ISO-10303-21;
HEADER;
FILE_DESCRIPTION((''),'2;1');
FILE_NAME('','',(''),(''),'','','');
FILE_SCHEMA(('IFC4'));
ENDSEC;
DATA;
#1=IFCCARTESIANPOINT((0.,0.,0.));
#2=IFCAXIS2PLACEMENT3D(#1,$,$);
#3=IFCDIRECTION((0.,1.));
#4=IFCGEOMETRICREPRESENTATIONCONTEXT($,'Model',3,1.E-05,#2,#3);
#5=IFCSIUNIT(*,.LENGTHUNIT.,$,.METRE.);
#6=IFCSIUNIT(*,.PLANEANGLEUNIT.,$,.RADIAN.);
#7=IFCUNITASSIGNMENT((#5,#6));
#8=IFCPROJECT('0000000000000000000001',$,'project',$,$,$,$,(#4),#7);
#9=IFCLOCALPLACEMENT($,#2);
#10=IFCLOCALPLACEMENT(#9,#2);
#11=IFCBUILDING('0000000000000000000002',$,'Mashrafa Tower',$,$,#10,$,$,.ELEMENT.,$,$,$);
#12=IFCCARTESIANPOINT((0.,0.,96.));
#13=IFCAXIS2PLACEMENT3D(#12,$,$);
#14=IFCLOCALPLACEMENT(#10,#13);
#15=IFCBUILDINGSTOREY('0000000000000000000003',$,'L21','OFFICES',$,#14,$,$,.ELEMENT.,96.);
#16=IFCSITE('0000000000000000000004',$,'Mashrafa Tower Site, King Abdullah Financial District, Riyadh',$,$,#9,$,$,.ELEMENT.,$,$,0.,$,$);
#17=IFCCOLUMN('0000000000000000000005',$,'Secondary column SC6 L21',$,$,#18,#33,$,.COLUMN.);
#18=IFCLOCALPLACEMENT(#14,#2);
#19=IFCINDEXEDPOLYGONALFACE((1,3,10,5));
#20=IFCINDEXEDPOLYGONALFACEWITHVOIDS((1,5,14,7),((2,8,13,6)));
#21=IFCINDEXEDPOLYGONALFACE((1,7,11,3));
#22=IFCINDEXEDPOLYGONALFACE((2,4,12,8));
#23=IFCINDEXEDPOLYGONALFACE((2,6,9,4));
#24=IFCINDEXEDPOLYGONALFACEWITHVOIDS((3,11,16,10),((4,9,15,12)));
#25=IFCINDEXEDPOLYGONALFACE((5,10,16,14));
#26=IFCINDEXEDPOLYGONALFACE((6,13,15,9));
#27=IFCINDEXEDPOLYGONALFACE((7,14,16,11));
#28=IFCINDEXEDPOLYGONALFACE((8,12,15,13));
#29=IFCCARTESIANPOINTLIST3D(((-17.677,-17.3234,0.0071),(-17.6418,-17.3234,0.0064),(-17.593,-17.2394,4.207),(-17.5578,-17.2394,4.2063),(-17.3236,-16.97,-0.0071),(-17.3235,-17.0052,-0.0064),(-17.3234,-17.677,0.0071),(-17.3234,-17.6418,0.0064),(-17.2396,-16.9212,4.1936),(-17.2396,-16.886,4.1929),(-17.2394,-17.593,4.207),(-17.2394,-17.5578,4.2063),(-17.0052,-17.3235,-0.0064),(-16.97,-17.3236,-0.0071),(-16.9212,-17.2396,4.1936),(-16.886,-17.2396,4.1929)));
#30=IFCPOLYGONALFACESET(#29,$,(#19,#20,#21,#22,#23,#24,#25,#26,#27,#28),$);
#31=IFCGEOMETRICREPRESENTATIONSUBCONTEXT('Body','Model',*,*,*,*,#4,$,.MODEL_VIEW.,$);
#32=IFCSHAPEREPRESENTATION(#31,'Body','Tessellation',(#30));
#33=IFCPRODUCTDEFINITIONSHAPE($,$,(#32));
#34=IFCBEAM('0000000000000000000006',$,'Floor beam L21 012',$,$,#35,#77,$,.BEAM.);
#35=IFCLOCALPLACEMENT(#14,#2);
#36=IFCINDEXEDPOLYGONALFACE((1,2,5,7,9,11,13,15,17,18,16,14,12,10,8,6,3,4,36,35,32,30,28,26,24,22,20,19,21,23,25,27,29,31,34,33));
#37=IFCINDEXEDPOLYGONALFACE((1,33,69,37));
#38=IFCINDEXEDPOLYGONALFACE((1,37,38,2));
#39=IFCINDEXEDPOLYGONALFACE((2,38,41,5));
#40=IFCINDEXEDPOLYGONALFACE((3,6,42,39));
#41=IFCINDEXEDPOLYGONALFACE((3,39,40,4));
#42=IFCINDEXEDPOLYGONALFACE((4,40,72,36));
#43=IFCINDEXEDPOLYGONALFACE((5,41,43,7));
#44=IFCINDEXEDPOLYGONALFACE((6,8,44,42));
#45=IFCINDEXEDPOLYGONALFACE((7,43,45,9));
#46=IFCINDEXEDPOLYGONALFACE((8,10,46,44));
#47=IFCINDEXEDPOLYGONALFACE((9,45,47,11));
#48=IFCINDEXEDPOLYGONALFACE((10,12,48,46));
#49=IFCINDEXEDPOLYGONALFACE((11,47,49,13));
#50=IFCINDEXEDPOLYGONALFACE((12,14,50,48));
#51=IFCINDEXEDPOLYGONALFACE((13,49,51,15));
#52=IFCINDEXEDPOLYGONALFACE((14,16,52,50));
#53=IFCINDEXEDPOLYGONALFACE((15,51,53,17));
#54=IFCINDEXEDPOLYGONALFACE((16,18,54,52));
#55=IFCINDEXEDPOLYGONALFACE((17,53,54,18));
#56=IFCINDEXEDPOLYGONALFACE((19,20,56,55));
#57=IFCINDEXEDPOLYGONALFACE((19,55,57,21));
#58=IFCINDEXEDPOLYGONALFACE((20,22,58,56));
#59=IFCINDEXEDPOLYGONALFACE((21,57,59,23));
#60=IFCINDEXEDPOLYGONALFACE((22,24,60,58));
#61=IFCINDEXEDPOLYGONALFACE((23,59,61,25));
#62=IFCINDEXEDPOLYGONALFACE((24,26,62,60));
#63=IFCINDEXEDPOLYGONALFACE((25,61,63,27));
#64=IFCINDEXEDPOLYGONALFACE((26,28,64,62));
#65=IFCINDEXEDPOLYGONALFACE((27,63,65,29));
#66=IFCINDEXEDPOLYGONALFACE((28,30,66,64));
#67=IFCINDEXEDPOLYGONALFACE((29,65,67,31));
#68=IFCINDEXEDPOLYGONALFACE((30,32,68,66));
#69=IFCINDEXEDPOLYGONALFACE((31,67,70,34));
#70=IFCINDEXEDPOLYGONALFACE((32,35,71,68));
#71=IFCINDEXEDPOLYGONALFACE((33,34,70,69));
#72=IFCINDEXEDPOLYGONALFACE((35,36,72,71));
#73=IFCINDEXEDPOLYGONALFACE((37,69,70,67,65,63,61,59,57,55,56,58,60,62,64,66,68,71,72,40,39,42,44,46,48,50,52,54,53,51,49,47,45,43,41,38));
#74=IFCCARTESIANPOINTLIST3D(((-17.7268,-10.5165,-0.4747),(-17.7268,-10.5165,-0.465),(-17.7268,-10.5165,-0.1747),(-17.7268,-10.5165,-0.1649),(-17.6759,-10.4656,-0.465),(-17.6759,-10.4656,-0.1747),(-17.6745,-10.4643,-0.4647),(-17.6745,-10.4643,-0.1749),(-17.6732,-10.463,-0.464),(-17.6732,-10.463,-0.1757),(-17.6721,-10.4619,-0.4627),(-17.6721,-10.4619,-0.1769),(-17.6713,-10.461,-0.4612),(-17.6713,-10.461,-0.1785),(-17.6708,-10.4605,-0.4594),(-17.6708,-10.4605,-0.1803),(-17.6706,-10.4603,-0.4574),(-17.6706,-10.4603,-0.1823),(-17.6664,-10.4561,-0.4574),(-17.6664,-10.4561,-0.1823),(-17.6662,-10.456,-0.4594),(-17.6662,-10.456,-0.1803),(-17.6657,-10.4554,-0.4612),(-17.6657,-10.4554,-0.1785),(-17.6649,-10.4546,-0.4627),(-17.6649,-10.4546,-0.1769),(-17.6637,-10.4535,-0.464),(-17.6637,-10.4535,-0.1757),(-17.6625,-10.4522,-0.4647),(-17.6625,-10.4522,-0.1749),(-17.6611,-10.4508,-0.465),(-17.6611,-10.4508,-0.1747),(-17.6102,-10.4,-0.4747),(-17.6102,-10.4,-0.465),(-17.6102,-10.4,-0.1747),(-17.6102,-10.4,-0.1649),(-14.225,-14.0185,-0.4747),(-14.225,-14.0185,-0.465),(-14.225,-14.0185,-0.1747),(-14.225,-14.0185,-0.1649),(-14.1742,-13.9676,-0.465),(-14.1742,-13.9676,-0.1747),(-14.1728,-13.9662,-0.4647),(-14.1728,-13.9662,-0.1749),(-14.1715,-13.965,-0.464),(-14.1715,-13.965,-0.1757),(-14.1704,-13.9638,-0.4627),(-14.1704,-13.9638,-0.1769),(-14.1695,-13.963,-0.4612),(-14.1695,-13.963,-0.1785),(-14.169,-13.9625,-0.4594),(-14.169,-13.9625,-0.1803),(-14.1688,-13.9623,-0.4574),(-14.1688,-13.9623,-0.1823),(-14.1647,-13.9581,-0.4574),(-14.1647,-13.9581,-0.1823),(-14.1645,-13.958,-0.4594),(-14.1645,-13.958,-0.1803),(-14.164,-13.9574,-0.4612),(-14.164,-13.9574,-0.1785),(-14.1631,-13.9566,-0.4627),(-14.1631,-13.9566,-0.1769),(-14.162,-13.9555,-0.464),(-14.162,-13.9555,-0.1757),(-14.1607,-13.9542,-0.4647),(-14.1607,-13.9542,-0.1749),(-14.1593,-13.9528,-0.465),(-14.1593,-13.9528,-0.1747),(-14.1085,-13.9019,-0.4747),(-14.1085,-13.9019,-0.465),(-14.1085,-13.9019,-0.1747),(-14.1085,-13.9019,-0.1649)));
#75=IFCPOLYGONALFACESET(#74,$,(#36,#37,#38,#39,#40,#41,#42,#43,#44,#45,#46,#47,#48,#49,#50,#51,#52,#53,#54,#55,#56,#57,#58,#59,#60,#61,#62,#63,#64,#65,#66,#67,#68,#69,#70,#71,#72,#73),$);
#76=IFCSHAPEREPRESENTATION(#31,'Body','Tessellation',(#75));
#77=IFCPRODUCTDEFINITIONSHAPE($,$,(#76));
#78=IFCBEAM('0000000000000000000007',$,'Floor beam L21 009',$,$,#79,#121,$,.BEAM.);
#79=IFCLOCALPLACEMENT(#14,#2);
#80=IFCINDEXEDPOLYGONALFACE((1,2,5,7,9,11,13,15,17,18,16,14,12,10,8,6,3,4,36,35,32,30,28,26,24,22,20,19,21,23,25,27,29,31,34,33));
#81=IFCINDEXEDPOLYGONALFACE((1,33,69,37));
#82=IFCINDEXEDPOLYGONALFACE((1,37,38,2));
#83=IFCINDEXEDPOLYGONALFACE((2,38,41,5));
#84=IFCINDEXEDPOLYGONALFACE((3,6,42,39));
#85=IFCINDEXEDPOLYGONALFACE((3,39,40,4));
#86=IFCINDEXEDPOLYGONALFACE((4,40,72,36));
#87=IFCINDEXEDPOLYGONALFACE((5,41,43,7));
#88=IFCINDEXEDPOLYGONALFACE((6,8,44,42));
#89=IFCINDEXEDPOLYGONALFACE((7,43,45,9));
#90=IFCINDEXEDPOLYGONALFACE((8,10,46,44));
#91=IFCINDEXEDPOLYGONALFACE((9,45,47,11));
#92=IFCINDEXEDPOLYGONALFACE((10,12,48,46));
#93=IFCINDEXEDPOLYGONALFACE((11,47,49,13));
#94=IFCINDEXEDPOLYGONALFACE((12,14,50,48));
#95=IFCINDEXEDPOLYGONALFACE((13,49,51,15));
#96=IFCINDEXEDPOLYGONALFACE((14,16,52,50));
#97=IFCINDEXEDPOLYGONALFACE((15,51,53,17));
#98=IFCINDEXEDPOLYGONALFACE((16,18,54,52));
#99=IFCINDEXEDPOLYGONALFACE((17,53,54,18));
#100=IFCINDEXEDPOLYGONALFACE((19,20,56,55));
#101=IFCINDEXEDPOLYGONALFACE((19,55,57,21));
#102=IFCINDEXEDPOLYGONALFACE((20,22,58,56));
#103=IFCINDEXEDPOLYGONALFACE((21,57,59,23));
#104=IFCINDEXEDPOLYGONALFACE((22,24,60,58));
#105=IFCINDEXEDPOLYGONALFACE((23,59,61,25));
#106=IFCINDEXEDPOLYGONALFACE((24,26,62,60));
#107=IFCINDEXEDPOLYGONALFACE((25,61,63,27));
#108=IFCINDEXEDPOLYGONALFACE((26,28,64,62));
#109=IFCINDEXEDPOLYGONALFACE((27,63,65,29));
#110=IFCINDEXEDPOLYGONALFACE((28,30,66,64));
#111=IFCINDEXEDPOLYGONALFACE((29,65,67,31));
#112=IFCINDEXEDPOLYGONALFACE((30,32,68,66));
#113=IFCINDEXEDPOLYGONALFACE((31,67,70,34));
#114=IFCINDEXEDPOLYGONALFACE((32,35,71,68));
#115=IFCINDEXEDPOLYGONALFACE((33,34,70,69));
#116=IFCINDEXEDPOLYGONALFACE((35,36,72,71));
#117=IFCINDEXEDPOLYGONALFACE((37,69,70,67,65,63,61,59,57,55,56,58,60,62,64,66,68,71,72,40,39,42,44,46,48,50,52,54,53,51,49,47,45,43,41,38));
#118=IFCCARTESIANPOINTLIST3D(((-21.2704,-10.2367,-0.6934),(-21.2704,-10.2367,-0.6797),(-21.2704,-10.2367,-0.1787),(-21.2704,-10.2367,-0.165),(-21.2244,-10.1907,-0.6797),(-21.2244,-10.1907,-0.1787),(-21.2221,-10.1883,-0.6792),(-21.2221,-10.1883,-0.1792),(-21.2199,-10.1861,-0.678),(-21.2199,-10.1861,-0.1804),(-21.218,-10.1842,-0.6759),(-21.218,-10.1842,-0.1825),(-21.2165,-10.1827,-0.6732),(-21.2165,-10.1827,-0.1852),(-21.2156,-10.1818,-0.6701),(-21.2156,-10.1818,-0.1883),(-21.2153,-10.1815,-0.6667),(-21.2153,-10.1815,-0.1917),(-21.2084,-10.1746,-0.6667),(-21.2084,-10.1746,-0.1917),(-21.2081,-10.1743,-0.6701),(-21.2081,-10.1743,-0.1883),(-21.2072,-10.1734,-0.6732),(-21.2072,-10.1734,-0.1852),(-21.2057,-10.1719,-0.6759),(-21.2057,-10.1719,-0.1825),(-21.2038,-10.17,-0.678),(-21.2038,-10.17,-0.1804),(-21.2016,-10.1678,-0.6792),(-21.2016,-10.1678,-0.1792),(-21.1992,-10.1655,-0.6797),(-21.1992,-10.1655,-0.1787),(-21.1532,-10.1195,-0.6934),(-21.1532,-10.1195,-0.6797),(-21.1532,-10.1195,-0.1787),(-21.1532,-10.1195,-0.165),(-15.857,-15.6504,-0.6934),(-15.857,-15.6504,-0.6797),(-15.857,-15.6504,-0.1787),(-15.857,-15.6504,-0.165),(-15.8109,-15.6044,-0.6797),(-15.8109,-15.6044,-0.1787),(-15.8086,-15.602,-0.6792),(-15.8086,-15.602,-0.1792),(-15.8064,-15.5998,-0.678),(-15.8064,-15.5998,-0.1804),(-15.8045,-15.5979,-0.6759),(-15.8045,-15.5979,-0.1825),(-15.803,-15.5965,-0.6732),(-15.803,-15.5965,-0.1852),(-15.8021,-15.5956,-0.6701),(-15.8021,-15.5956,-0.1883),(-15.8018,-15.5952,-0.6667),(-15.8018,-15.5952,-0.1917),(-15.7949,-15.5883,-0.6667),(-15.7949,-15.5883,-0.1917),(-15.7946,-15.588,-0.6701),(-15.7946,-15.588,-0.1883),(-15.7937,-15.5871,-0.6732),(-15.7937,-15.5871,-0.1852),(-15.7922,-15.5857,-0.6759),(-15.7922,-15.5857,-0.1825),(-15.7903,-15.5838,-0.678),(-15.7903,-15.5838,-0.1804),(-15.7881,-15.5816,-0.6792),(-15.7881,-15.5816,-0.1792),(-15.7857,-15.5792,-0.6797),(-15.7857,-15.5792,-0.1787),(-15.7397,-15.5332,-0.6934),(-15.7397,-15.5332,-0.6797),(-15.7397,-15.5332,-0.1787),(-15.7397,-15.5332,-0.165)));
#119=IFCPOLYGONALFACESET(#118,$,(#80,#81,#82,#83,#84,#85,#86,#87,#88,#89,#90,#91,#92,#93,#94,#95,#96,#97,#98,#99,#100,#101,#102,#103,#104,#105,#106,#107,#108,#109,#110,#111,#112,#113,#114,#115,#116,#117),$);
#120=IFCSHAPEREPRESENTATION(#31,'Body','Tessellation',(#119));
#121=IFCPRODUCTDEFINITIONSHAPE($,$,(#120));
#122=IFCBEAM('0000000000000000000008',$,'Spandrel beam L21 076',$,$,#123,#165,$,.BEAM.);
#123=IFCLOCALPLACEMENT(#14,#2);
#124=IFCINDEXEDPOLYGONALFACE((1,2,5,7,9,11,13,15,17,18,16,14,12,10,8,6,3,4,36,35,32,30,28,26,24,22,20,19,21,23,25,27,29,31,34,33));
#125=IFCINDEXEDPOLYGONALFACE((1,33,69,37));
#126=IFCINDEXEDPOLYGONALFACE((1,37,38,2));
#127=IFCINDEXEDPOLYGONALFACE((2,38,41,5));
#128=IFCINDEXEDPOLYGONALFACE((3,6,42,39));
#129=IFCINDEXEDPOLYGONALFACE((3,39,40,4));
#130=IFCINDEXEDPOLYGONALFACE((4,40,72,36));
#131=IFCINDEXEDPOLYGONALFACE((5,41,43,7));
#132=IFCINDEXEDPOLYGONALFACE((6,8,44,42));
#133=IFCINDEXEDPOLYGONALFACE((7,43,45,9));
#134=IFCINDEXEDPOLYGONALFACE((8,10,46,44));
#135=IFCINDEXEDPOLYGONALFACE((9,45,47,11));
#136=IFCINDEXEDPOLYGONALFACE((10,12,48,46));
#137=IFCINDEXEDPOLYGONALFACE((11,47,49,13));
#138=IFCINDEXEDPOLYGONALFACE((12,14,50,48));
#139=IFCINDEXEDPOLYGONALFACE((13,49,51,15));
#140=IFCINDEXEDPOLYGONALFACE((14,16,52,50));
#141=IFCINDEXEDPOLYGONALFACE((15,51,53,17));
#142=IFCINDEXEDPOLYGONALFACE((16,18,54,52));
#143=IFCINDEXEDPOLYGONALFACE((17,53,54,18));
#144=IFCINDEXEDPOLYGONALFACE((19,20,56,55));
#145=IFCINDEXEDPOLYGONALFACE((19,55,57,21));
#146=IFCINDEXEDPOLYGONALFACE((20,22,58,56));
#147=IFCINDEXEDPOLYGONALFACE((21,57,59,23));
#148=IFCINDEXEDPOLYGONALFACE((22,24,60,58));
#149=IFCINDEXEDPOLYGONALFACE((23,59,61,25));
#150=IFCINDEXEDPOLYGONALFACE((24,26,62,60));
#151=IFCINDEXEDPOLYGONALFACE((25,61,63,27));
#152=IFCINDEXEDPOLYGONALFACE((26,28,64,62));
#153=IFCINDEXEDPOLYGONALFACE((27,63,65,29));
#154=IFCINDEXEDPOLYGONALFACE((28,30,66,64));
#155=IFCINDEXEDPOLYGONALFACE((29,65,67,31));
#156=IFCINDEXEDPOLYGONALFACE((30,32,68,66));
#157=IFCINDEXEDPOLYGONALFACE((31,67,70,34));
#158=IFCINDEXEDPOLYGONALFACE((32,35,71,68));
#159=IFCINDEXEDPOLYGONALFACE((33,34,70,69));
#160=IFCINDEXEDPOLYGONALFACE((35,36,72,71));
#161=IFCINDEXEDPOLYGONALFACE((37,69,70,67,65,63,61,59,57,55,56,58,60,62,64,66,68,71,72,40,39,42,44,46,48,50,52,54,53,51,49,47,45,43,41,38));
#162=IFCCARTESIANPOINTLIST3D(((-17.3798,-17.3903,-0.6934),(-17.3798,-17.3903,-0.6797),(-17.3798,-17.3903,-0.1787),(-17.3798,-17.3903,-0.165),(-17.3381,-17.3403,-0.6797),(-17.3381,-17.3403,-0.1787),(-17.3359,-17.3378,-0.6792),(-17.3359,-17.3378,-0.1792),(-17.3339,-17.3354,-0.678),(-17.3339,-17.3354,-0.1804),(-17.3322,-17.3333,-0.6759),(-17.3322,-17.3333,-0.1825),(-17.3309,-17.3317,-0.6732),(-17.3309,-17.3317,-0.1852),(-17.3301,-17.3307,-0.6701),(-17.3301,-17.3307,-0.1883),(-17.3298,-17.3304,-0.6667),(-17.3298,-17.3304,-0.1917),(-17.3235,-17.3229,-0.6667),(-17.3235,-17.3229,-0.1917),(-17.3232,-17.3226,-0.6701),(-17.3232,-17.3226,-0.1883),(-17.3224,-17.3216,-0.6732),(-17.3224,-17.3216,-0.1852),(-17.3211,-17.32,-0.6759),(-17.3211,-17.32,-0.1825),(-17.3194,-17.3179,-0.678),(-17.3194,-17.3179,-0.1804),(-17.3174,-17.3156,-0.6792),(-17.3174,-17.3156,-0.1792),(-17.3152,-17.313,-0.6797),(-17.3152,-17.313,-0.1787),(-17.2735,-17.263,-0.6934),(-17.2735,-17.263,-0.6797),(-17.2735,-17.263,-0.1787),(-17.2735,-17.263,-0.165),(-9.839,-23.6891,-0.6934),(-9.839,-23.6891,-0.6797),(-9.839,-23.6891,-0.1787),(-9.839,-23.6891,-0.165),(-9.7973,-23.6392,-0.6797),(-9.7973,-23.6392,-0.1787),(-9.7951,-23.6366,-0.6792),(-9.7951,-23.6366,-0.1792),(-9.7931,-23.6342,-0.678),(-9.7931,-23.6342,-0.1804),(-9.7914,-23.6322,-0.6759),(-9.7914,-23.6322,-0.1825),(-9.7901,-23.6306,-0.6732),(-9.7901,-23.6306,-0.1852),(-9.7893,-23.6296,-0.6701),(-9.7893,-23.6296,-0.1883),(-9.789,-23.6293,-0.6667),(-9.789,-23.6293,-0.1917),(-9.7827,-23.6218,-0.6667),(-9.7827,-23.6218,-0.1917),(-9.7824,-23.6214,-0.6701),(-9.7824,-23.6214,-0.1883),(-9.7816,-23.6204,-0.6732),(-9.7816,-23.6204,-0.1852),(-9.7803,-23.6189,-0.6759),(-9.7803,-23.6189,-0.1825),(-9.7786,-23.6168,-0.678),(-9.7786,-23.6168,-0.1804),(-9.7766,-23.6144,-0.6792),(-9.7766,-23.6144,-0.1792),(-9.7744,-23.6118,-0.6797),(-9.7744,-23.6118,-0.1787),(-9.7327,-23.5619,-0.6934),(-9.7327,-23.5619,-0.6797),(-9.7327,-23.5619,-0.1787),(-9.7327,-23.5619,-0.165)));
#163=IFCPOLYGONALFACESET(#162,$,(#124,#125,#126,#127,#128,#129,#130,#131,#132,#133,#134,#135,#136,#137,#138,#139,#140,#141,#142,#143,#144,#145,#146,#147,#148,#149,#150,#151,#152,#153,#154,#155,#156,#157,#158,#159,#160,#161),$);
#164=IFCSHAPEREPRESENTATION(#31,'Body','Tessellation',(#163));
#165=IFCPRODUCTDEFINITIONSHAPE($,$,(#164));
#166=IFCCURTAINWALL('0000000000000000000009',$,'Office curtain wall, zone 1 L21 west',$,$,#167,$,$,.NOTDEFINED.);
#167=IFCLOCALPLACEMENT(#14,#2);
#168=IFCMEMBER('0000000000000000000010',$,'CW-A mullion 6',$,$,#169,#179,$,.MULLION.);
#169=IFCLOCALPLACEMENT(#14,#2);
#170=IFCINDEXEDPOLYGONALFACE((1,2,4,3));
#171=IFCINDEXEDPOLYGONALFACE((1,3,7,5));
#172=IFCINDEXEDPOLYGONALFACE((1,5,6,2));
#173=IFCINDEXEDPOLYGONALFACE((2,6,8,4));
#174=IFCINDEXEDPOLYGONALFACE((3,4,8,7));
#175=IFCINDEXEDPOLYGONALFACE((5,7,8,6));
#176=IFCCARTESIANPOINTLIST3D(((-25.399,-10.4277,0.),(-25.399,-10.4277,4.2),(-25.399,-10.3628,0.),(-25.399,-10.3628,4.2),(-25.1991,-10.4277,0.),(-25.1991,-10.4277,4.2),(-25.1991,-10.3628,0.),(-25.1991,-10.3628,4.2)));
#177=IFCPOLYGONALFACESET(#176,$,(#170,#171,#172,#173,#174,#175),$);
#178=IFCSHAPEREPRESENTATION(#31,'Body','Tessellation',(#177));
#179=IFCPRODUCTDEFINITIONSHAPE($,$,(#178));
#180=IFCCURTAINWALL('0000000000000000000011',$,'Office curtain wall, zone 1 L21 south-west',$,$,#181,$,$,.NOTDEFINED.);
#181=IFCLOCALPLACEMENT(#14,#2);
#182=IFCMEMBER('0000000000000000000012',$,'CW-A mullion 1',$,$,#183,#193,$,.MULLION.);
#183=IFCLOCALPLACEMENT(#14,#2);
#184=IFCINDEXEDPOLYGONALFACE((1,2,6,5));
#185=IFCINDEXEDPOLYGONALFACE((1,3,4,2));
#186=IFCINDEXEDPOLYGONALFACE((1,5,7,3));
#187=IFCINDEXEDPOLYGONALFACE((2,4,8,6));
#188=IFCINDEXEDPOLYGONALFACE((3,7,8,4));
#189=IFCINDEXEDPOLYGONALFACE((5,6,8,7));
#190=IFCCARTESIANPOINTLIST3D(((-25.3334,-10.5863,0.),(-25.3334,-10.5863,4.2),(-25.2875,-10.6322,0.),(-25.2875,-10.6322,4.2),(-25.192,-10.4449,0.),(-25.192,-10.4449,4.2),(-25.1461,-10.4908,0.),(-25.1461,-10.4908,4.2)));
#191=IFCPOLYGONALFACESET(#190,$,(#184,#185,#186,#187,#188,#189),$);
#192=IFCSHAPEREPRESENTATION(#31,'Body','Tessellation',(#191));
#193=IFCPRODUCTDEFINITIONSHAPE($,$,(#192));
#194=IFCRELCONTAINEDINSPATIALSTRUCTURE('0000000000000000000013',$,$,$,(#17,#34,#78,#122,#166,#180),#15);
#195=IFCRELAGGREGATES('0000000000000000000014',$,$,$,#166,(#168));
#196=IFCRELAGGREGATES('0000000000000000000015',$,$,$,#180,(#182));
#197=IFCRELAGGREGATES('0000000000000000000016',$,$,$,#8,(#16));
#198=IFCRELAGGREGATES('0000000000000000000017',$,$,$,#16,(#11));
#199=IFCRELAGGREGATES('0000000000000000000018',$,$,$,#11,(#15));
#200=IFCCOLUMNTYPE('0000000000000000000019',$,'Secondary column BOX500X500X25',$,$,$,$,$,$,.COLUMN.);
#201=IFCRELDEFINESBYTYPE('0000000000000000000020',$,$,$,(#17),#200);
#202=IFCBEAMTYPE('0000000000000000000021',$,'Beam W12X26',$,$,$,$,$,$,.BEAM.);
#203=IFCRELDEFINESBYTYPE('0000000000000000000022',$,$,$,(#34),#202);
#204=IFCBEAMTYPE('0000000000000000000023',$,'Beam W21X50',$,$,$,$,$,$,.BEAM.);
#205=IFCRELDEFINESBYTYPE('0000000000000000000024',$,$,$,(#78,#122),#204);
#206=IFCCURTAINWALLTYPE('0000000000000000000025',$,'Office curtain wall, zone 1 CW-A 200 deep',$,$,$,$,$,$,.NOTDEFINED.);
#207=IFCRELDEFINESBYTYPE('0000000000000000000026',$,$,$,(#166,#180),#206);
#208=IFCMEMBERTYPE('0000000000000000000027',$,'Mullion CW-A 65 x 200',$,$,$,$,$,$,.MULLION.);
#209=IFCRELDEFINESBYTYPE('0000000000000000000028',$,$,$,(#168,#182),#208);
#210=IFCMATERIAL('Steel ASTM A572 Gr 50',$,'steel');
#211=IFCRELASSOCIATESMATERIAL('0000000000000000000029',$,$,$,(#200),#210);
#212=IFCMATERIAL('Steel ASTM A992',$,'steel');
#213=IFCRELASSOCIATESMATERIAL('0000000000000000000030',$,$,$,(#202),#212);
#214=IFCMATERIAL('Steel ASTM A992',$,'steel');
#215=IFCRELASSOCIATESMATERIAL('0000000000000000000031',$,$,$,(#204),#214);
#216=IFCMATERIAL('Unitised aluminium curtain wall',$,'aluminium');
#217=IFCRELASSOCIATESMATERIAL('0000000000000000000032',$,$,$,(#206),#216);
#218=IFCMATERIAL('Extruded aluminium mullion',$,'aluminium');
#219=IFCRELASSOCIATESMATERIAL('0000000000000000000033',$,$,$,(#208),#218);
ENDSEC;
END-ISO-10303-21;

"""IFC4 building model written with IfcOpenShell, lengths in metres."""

from ifc_helpers import new_model, si_unit, direction, frame, origin, origin_2d, place, context, subcontext, project, spatial, rectangle, hollow_rectangle, i_section, extrude, source, transform, mapped, material, material_profile, profile_set, type_object, type_shapes, element, aggregate, save


model = new_model("IFC4")

# Units and contexts
model_context = context("Model", 3, precision=1e-05, world=origin(), true_north=direction((0.0, 1.0)))
body_context = subcontext(model_context, "Body", "Model", "MODEL_VIEW")
ifc_project = project(units=[si_unit("LENGTHUNIT", "METRE"), si_unit("PLANEANGLEUNIT", "RADIAN")], contexts=[model_context])

# Site, building, storey
site_placement = place(None, origin())
site = spatial("IfcSite", under=ifc_project, at=site_placement, Name="Mashrafa Tower Site, King Abdullah Financial District, Riyadh", CompositionType="ELEMENT", RefElevation=0.0)
building_placement = place(site_placement, origin())
building = spatial("IfcBuilding", under=site, at=building_placement, Name="Mashrafa Tower", CompositionType="ELEMENT")
storey_placement = place(building_placement, frame((0.0, 0.0, 96.0)))
storey = spatial("IfcBuildingStorey", under=building, at=storey_placement, Name="L21", Description="OFFICES", CompositionType="ELEMENT", Elevation=96.0)

# Column
ifc_material_1 = material(Name="Steel ASTM A572 Gr 50", Category="steel")
ifc_material_profile_1 = material_profile(ifc_material_1, hollow_rectangle(XDim=0.5, YDim=0.5, WallThickness=0.0249, at=origin_2d()), Name="BOX500X500X25")
ifc_profile_set_1 = profile_set([ifc_material_profile_1], Name="Steel ASTM A572 Gr 50")
column_type = type_object("IfcColumnType", Name="Secondary column BOX500X500X25", PredefinedType="COLUMN", material=ifc_profile_set_1)
column_placement = place(storey_placement, frame((-17.3235, -17.3235, 0.0), z_axis=(0.019989, 0.019989, 0.9996), x_axis=(-0.707107, 0.707107, 0.0)))
element("IfcColumn", 1, at=column_placement, inside=storey, type_object=column_type, Name="Secondary column SC6 L21", PredefinedType="COLUMN", context=body_context, shape_type="SweptSolid", body=[
    extrude(hollow_rectangle(XDim=0.5, YDim=0.5, WallThickness=0.0249, at=origin_2d()), origin(), (0.0, 0.0, 1.0), 4.2017),
])

# Beams
ifc_material_2 = material(Name="Steel ASTM A992", Category="steel")
ifc_material_profile_2 = material_profile(ifc_material_2, i_section(OverallWidth=0.1648, OverallDepth=0.3098, WebThickness=0.0059, FlangeThickness=0.0098, FilletRadius=0.0076, at=origin_2d()), Name="W12X26")
ifc_profile_set_2 = profile_set([ifc_material_profile_2], Name="Steel ASTM A992")
beam_type_1 = type_object("IfcBeamType", Name="Beam W12X26", PredefinedType="BEAM", material=ifc_profile_set_2)
beam_1_placement = place(storey_placement, frame((-14.1667, -13.9602, -0.3198), z_axis=(-0.707082, 0.707131, 0.0), x_axis=(-0.707131, -0.707082, 0.0)))
element("IfcBeam", 2, at=beam_1_placement, inside=storey, type_object=beam_type_1, Name="Floor beam L21 012", PredefinedType="BEAM", context=body_context, shape_type="SweptSolid", body=[
    extrude(i_section(OverallWidth=0.1648, OverallDepth=0.3098, WebThickness=0.0059, FlangeThickness=0.0098, FilletRadius=0.0076, at=origin_2d()), origin(), (0.0, 0.0, 1.0), 4.9524),
])
ifc_material_3 = material(Name="Steel ASTM A992", Category="steel")
ifc_material_profile_3 = material_profile(ifc_material_3, i_section(OverallWidth=0.1658, OverallDepth=0.5283, WebThickness=0.0098, FlangeThickness=0.0137, FilletRadius=0.0129, at=origin_2d()), Name="W21X50")
ifc_profile_set_3 = profile_set([ifc_material_profile_3], Name="Steel ASTM A992")
beam_type_2 = type_object("IfcBeamType", Name="Beam W21X50", PredefinedType="BEAM", material=ifc_profile_set_3)
beam_2_placement = place(storey_placement, frame((-15.7983, -15.5918, -0.4292), z_axis=(-0.707091, 0.707123, 0.0), x_axis=(-0.707123, -0.707091, 0.0)))
element("IfcBeam", 3, at=beam_2_placement, inside=storey, type_object=beam_type_2, Name="Floor beam L21 009", PredefinedType="BEAM", context=body_context, shape_type="SweptSolid", body=[
    extrude(i_section(OverallWidth=0.1658, OverallDepth=0.5283, WebThickness=0.0098, FlangeThickness=0.0137, FilletRadius=0.0129, at=origin_2d()), origin(), (0.0, 0.0, 1.0), 7.656),
])
beam_3_placement = place(storey_placement, frame((-17.3267, -17.3267, -0.4292), z_axis=(0.767477, -0.641076, 0.0), x_axis=(0.641076, 0.767477, 0.0)))
element("IfcBeam", 4, at=beam_3_placement, inside=storey, type_object=beam_type_2, Name="Spandrel beam L21 076", PredefinedType="BEAM", context=body_context, shape_type="SweptSolid", body=[
    extrude(i_section(OverallWidth=0.1658, OverallDepth=0.5283, WebThickness=0.0098, FlangeThickness=0.0137, FilletRadius=0.0129, at=origin_2d()), origin(), (0.0, 0.0, 1.0), 9.8254),
])

# Curtain wall, member
ifc_material_4 = material(Name="Unitised aluminium curtain wall", Category="aluminium")
curtain_wall_type = type_object("IfcCurtainWallType", Name="Office curtain wall, zone 1 CW-A 200 deep", PredefinedType="NOTDEFINED", material=ifc_material_4)
curtain_wall_1_placement = place(storey_placement, origin())
curtain_wall_1 = element("IfcCurtainWall", 5, at=curtain_wall_1_placement, inside=storey, type_object=curtain_wall_type, Name="Office curtain wall, zone 1 L21 west", PredefinedType="NOTDEFINED")
ifc_material_5 = material(Name="Extruded aluminium mullion", Category="aluminium")
ifc_material_profile_4 = material_profile(ifc_material_5, rectangle(XDim=0.2, YDim=0.0649, at=origin_2d()), Name="Mullion 65x200")
ifc_profile_set_4 = profile_set([ifc_material_profile_4], Name="Extruded aluminium mullion")
member_type_1 = type_object("IfcMemberType", Name="Mullion CW-A 65 x 200", PredefinedType="MULLION", material=ifc_profile_set_4)
shared_shape_1 = source(origin(), body_context, "Body", "SweptSolid", [
    extrude(rectangle(XDim=0.2, YDim=0.0649, at=origin_2d()), origin(), (0.0, 0.0, 1.0), 4.2),
])
type_shapes(member_type_1, [shared_shape_1])
member_1_placement = place(storey_placement, frame((-25.2991, -10.3953, 0.0), z_axis=(0.0, 0.0, 1.0), x_axis=(1.0, 0.0, 0.0)))
member_1 = element("IfcMember", 6, at=member_1_placement, type_object=member_type_1, Name="CW-A mullion 6", PredefinedType="MULLION", context=body_context, shape_type="MappedRepresentation", body=[
    mapped(shared_shape_1, transform((0.0, 0.0, 0.0))),
])
aggregate(curtain_wall_1, [member_1])

# Curtain wall, member
curtain_wall_2_placement = place(storey_placement, origin())
curtain_wall_2 = element("IfcCurtainWall", 7, at=curtain_wall_2_placement, inside=storey, type_object=curtain_wall_type, Name="Office curtain wall, zone 1 L21 south-west", PredefinedType="NOTDEFINED")
member_2_placement = place(storey_placement, frame((-25.2397, -10.5386, 0.0), z_axis=(0.0, 0.0, 1.0), x_axis=(0.707107, 0.707107, 0.0)))
member_2 = element("IfcMember", 8, at=member_2_placement, type_object=member_type_1, Name="CW-A mullion 1", PredefinedType="MULLION", context=body_context, shape_type="MappedRepresentation", body=[
    mapped(shared_shape_1, transform((0.0, 0.0, 0.0))),
])
aggregate(curtain_wall_2, [member_2])

save(model, "model.ifc")
